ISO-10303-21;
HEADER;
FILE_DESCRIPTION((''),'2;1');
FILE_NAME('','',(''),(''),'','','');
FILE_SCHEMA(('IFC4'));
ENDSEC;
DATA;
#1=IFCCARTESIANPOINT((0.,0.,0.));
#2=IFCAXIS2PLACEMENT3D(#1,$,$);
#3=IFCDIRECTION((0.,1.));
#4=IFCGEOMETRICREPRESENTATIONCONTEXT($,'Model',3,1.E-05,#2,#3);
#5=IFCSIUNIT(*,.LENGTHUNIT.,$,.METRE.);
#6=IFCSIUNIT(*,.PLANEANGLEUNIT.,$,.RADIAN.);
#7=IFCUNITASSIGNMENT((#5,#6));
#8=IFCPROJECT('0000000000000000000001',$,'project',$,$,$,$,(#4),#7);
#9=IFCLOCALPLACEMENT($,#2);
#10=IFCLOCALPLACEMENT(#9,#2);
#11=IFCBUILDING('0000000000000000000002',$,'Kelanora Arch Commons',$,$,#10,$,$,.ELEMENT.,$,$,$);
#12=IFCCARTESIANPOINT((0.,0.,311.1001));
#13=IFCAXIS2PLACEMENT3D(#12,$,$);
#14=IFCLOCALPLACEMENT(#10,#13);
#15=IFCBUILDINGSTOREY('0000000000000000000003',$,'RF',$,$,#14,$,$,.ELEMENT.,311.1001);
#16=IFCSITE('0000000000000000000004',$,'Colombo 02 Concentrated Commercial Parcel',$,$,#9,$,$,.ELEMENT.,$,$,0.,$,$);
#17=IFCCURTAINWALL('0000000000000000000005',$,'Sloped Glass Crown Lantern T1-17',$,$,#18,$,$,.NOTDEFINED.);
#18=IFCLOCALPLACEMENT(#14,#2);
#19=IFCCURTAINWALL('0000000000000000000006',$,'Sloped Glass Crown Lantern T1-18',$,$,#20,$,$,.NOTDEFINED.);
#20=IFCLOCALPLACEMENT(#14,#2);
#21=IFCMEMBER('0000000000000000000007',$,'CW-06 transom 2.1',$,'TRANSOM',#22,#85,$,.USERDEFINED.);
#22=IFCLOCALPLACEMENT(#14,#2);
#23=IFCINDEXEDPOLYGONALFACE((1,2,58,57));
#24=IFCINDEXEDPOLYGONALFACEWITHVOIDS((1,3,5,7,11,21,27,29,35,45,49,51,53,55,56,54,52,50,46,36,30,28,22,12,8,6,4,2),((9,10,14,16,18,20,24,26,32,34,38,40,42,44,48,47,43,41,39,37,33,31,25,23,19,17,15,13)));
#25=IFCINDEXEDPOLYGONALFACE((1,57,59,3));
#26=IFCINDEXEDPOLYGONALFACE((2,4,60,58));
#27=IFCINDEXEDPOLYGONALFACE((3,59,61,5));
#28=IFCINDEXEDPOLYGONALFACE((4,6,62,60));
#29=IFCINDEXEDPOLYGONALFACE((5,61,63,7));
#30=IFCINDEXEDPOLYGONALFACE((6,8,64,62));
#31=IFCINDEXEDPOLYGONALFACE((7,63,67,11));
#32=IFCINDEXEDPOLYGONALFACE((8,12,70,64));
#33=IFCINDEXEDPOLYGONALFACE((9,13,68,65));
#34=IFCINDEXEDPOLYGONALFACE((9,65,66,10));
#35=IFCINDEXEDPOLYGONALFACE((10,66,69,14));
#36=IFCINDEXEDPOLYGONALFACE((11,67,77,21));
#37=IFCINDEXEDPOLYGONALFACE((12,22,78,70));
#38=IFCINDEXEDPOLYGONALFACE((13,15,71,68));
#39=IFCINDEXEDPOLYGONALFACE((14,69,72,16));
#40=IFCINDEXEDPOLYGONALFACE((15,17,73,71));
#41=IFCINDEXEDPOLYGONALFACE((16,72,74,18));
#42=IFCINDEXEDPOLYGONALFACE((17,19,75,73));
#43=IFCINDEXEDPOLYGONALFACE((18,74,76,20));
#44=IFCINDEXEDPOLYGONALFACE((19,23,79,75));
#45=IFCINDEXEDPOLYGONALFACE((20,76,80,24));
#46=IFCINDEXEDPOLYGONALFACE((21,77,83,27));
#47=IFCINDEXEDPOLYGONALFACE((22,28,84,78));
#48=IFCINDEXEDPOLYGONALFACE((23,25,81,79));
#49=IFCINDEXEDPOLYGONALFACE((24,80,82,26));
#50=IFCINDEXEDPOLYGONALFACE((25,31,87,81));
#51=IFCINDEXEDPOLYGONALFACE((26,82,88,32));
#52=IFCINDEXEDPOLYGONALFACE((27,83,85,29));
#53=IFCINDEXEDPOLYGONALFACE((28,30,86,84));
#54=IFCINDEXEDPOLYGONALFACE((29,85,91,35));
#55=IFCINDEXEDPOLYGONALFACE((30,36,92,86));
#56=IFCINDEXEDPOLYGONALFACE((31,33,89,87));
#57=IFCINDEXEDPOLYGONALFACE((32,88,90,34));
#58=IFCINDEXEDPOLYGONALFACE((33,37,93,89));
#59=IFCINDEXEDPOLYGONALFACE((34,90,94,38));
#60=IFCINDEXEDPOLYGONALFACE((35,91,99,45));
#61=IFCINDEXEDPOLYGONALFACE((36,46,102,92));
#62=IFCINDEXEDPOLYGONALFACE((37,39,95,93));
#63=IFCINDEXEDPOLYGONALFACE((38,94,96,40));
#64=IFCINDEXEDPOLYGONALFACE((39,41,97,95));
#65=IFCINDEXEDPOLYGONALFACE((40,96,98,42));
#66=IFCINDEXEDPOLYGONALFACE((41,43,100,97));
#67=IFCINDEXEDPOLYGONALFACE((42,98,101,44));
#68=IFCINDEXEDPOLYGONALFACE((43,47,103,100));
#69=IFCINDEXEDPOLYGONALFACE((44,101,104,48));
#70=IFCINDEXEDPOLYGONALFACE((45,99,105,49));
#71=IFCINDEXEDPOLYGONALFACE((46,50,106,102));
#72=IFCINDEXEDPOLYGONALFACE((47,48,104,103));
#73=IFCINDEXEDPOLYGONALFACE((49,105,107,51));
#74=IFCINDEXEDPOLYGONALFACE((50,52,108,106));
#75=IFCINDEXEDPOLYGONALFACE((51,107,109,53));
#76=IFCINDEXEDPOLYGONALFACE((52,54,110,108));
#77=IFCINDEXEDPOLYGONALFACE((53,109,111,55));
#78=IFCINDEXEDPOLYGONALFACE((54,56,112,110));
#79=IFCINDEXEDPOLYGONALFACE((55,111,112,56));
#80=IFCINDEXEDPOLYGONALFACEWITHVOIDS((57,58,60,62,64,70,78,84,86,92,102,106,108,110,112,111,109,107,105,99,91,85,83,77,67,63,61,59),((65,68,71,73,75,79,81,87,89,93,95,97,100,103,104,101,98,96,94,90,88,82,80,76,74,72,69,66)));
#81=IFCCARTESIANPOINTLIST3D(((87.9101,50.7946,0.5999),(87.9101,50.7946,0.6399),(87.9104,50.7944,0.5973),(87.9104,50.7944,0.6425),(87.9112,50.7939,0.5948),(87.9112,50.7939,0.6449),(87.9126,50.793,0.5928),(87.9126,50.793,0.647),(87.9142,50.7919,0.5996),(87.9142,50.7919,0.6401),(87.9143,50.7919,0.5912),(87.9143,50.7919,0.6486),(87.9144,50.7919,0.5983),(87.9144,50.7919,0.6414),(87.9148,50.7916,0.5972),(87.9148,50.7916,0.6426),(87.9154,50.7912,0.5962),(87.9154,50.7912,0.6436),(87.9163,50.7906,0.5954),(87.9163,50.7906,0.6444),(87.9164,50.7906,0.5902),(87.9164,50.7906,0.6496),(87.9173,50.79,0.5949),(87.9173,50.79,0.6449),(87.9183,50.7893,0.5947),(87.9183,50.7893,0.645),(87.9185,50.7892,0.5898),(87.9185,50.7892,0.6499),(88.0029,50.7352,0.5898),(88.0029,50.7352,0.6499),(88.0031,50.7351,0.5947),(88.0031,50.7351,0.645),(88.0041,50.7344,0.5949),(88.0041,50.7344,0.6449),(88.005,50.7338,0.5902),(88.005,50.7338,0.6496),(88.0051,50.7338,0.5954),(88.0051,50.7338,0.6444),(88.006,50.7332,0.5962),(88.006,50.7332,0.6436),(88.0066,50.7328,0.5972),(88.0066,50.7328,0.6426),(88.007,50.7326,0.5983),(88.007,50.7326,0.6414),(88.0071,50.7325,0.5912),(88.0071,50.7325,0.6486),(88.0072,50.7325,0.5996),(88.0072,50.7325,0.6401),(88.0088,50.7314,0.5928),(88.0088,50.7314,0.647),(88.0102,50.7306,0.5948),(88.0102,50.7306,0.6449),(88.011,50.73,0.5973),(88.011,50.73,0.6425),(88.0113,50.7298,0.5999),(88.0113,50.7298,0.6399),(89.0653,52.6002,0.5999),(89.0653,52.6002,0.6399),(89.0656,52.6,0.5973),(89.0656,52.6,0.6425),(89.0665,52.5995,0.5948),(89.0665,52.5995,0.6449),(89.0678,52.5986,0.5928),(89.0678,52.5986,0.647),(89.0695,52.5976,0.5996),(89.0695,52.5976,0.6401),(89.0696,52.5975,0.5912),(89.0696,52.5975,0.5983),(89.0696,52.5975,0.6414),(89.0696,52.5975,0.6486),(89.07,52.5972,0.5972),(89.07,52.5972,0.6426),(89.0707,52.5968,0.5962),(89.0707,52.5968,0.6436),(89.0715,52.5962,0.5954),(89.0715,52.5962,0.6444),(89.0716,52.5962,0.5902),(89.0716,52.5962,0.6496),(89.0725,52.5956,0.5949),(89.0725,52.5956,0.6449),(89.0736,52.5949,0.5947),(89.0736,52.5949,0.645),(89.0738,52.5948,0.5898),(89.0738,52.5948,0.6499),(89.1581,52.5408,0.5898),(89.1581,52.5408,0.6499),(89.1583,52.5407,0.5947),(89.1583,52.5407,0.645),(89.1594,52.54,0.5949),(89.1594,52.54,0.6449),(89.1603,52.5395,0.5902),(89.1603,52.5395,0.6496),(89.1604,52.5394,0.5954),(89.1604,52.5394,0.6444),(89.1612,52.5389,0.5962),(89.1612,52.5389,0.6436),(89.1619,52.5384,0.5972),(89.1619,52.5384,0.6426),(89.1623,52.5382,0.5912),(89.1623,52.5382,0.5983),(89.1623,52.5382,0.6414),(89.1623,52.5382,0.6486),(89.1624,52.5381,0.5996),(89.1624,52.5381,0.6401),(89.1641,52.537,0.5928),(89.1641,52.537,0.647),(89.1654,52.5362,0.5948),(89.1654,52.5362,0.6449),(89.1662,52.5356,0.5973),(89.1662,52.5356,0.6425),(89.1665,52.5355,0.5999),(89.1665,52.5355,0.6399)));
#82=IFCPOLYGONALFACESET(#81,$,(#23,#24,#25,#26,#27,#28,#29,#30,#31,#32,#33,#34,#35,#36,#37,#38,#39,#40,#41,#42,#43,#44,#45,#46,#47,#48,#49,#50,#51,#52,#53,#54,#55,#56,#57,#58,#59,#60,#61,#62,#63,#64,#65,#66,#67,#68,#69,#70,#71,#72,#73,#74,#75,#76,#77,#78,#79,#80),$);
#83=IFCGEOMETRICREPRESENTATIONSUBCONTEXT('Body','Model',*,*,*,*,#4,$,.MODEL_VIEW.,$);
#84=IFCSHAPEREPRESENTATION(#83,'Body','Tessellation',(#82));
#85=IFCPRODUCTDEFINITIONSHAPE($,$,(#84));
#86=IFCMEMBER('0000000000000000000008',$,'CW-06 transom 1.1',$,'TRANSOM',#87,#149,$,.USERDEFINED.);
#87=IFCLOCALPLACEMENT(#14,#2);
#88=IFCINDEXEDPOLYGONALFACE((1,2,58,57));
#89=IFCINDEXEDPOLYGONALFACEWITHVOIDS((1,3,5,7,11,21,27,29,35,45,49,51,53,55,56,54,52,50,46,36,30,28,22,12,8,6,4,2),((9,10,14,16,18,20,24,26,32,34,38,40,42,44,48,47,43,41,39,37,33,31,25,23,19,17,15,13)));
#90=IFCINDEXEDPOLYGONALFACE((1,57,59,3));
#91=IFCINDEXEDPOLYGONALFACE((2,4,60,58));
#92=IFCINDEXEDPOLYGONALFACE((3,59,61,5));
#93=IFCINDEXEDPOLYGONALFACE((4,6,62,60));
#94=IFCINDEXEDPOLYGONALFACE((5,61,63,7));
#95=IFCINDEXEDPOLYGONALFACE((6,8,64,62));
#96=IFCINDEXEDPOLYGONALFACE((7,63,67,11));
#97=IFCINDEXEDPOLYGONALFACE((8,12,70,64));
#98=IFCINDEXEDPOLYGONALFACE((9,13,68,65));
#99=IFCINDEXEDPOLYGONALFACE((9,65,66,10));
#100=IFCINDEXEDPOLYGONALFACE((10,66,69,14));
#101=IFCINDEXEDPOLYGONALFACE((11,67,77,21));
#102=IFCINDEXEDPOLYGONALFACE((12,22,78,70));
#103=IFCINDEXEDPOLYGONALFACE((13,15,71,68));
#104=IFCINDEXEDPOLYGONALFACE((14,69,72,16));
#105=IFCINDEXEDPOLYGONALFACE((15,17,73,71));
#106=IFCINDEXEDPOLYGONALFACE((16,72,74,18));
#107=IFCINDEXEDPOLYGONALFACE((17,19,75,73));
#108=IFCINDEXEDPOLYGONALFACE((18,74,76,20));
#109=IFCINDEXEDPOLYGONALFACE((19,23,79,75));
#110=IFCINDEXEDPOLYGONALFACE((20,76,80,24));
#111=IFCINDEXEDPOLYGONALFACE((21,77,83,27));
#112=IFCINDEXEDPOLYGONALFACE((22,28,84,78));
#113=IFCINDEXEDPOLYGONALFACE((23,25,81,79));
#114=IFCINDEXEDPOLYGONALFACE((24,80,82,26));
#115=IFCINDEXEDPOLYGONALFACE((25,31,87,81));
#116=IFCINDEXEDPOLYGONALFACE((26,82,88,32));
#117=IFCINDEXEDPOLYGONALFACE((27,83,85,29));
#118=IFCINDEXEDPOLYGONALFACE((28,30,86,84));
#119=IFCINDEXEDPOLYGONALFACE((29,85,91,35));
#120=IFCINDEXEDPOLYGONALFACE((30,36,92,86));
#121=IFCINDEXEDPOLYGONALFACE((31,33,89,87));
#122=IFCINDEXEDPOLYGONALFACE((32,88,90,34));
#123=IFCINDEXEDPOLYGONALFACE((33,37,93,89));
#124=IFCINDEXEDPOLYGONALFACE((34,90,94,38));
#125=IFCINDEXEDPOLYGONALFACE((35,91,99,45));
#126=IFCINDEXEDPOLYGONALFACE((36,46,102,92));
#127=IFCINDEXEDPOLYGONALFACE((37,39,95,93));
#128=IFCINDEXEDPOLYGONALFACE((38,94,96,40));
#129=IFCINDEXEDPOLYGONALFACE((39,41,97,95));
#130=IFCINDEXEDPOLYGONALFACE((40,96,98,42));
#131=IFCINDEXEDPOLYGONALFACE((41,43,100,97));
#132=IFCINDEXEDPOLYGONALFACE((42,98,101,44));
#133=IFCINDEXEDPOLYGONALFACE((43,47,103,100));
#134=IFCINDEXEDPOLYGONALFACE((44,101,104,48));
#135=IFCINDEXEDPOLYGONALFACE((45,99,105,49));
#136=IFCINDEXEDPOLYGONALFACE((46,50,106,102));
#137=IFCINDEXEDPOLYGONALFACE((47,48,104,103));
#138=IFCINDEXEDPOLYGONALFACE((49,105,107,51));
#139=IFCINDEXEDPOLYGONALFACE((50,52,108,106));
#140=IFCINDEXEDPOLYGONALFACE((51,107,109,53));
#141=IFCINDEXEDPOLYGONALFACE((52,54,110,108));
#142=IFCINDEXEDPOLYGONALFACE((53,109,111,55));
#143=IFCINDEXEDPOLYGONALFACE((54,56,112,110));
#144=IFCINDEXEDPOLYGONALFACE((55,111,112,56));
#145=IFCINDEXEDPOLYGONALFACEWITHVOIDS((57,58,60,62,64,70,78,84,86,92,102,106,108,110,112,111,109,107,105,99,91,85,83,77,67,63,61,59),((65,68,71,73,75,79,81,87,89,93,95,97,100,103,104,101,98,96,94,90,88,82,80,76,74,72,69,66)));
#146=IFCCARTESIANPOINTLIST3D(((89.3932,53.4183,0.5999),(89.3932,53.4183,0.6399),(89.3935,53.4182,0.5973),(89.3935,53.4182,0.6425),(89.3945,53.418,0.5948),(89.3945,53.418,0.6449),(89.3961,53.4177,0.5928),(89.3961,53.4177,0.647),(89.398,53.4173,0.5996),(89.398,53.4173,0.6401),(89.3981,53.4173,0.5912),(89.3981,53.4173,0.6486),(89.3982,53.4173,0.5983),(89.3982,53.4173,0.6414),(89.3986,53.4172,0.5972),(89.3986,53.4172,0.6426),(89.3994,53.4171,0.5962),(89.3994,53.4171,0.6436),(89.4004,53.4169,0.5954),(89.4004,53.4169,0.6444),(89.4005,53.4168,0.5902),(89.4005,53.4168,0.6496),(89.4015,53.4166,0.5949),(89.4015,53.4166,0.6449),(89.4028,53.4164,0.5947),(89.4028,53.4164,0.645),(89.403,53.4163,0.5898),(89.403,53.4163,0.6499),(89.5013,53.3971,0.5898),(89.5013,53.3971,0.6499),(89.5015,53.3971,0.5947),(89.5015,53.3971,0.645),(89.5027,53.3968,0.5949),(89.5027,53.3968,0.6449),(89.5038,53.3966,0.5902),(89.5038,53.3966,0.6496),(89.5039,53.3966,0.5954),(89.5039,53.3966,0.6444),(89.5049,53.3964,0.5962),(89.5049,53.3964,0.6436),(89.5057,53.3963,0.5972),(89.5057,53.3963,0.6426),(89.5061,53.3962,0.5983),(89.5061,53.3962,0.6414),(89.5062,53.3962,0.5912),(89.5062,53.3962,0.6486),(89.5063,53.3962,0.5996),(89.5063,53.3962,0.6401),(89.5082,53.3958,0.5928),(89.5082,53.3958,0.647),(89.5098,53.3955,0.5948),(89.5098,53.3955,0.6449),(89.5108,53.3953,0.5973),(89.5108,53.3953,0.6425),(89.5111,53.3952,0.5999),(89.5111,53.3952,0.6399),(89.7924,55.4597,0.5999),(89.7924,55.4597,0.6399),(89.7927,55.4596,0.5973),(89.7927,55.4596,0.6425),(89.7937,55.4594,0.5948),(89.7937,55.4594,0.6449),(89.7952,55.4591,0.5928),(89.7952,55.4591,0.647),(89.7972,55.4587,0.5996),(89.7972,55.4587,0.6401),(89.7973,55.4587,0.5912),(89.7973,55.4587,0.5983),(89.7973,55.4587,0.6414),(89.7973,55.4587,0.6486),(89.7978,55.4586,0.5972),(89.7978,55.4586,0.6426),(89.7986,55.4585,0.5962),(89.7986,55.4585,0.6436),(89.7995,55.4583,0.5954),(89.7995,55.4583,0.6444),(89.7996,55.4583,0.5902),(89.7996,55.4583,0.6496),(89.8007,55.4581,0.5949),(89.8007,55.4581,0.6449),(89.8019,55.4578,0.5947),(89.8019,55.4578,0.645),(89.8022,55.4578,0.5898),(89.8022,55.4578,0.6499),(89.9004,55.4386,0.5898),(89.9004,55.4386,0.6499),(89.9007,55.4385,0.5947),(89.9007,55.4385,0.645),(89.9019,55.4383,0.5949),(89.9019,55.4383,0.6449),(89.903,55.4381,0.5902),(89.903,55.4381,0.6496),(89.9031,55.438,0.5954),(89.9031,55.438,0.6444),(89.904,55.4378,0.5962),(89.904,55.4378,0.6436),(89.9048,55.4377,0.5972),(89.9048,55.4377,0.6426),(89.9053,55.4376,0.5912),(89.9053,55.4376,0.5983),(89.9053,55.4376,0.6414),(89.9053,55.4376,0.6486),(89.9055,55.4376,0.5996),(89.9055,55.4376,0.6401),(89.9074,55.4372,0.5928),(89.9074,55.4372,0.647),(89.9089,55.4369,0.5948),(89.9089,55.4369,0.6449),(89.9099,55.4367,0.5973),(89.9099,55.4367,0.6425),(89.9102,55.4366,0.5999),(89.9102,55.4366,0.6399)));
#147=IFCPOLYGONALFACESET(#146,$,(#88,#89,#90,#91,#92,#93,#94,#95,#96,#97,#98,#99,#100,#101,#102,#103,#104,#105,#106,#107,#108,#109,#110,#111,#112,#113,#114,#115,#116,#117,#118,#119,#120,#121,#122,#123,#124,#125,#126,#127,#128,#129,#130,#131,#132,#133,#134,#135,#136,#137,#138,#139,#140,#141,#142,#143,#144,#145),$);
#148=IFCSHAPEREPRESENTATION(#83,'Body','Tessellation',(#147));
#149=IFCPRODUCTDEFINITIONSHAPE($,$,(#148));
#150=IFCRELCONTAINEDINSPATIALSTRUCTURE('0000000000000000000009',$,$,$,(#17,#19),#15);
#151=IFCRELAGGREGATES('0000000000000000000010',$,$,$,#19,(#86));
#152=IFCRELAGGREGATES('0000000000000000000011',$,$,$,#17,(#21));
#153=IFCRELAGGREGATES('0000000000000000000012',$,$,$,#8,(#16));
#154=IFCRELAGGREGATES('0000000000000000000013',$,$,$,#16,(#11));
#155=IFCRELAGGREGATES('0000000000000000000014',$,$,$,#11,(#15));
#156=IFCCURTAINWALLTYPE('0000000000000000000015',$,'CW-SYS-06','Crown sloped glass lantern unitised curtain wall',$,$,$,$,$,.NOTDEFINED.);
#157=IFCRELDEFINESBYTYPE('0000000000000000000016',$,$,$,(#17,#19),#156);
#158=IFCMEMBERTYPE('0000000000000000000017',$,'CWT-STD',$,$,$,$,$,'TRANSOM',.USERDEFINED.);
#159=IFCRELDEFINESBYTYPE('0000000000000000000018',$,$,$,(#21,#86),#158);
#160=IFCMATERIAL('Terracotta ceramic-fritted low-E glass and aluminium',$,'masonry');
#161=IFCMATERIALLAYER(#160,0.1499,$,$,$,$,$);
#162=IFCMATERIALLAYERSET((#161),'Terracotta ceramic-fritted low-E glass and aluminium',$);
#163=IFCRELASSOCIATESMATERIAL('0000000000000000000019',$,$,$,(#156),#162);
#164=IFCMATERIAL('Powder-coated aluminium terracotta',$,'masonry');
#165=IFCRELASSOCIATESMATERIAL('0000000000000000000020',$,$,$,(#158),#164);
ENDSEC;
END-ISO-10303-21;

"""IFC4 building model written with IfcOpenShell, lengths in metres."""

from ifc_helpers import new_model, si_unit, direction, frame, origin, origin_2d, place, context, subcontext, project, spatial, hollow_rectangle, extrude, material, layer, layer_set, material_profile, profile_set, type_object, element, aggregate, save


model = new_model("IFC4")

# Units and contexts
model_context = context("Model", 3, precision=1e-05, world=origin(), true_north=direction((0.0, 1.0)))
body_context = subcontext(model_context, "Body", "Model", "MODEL_VIEW")
ifc_project = project(units=[si_unit("LENGTHUNIT", "METRE"), si_unit("PLANEANGLEUNIT", "RADIAN")], contexts=[model_context])

# Site, building, storey
site_placement = place(None, origin())
site = spatial("IfcSite", under=ifc_project, at=site_placement, Name="Colombo 02 Concentrated Commercial Parcel", CompositionType="ELEMENT", RefElevation=0.0)
building_placement = place(site_placement, origin())
building = spatial("IfcBuilding", under=site, at=building_placement, Name="Kelanora Arch Commons", CompositionType="ELEMENT")
storey_placement = place(building_placement, frame((0.0, 0.0, 311.1001)))
storey = spatial("IfcBuildingStorey", under=building, at=storey_placement, Name="RF", CompositionType="ELEMENT", Elevation=311.1001)

# Curtain walls
ifc_material_1 = material(Name="Terracotta ceramic-fritted low-E glass and aluminium", Category="masonry")
ifc_layer_1 = layer(ifc_material_1, 0.1499)
ifc_layer_set_1 = layer_set([ifc_layer_1], Name="Terracotta ceramic-fritted low-E glass and aluminium")
curtain_wall_type = type_object("IfcCurtainWallType", Name="CW-SYS-06", Description="Crown sloped glass lantern unitised curtain wall", PredefinedType="NOTDEFINED", material=ifc_layer_set_1)
ifc_material_2 = material(Name="Powder-coated aluminium terracotta", Category="masonry")
curtain_wall_1_placement = place(storey_placement, origin())
curtain_wall_1 = element("IfcCurtainWall", 1, at=curtain_wall_1_placement, inside=storey, type_object=curtain_wall_type, Name="Sloped Glass Crown Lantern T1-17", PredefinedType="NOTDEFINED")
curtain_wall_2_placement = place(storey_placement, origin())
curtain_wall_2 = element("IfcCurtainWall", 2, at=curtain_wall_2_placement, inside=storey, type_object=curtain_wall_type, Name="Sloped Glass Crown Lantern T1-18", PredefinedType="NOTDEFINED")

# Members
ifc_material_profile_1 = material_profile(ifc_material_2, hollow_rectangle(XDim=0.1201, YDim=0.0601, WallThickness=0.0049, InnerFilletRadius=0.0049, OuterFilletRadius=0.01, at=origin_2d()), Name="CWT120x60")
ifc_profile_set_1 = profile_set([ifc_material_profile_1], Name="Powder-coated aluminium terracotta")
member_type_1 = type_object("IfcMemberType", Name="CWT-STD", ElementType="TRANSOM", PredefinedType="USERDEFINED", material=ifc_profile_set_1)
member_1_placement = place(storey_placement, frame((87.9607, 50.7622, 0.6199), z_axis=(0.538937, 0.842346, 0.0), x_axis=(-0.842346, 0.538937, 0.0)))
member_1 = element("IfcMember", 3, at=member_1_placement, type_object=member_type_1, Name="CW-06 transom 2.1", ObjectType="TRANSOM", PredefinedType="USERDEFINED", context=body_context, shape_type="SweptSolid", body=[
    extrude(hollow_rectangle(XDim=0.1201, YDim=0.0601, WallThickness=0.0049, InnerFilletRadius=0.0049, OuterFilletRadius=0.01, at=origin_2d()), origin(), (0.0, 0.0, 1.0), 2.1436),
])
member_2_placement = place(storey_placement, frame((89.4521, 53.4067, 0.6199), z_axis=(0.191894, 0.981416, 0.0), x_axis=(-0.981416, 0.191894, 0.0)))
member_2 = element("IfcMember", 4, at=member_2_placement, type_object=member_type_1, Name="CW-06 transom 1.1", ObjectType="TRANSOM", PredefinedType="USERDEFINED", context=body_context, shape_type="SweptSolid", body=[
    extrude(hollow_rectangle(XDim=0.1201, YDim=0.0601, WallThickness=0.0049, InnerFilletRadius=0.0049, OuterFilletRadius=0.01, at=origin_2d()), origin(), (0.0, 0.0, 1.0), 2.0801),
])

aggregate(curtain_wall_2, [member_2])
aggregate(curtain_wall_1, [member_1])

save(model, "model.ifc")
